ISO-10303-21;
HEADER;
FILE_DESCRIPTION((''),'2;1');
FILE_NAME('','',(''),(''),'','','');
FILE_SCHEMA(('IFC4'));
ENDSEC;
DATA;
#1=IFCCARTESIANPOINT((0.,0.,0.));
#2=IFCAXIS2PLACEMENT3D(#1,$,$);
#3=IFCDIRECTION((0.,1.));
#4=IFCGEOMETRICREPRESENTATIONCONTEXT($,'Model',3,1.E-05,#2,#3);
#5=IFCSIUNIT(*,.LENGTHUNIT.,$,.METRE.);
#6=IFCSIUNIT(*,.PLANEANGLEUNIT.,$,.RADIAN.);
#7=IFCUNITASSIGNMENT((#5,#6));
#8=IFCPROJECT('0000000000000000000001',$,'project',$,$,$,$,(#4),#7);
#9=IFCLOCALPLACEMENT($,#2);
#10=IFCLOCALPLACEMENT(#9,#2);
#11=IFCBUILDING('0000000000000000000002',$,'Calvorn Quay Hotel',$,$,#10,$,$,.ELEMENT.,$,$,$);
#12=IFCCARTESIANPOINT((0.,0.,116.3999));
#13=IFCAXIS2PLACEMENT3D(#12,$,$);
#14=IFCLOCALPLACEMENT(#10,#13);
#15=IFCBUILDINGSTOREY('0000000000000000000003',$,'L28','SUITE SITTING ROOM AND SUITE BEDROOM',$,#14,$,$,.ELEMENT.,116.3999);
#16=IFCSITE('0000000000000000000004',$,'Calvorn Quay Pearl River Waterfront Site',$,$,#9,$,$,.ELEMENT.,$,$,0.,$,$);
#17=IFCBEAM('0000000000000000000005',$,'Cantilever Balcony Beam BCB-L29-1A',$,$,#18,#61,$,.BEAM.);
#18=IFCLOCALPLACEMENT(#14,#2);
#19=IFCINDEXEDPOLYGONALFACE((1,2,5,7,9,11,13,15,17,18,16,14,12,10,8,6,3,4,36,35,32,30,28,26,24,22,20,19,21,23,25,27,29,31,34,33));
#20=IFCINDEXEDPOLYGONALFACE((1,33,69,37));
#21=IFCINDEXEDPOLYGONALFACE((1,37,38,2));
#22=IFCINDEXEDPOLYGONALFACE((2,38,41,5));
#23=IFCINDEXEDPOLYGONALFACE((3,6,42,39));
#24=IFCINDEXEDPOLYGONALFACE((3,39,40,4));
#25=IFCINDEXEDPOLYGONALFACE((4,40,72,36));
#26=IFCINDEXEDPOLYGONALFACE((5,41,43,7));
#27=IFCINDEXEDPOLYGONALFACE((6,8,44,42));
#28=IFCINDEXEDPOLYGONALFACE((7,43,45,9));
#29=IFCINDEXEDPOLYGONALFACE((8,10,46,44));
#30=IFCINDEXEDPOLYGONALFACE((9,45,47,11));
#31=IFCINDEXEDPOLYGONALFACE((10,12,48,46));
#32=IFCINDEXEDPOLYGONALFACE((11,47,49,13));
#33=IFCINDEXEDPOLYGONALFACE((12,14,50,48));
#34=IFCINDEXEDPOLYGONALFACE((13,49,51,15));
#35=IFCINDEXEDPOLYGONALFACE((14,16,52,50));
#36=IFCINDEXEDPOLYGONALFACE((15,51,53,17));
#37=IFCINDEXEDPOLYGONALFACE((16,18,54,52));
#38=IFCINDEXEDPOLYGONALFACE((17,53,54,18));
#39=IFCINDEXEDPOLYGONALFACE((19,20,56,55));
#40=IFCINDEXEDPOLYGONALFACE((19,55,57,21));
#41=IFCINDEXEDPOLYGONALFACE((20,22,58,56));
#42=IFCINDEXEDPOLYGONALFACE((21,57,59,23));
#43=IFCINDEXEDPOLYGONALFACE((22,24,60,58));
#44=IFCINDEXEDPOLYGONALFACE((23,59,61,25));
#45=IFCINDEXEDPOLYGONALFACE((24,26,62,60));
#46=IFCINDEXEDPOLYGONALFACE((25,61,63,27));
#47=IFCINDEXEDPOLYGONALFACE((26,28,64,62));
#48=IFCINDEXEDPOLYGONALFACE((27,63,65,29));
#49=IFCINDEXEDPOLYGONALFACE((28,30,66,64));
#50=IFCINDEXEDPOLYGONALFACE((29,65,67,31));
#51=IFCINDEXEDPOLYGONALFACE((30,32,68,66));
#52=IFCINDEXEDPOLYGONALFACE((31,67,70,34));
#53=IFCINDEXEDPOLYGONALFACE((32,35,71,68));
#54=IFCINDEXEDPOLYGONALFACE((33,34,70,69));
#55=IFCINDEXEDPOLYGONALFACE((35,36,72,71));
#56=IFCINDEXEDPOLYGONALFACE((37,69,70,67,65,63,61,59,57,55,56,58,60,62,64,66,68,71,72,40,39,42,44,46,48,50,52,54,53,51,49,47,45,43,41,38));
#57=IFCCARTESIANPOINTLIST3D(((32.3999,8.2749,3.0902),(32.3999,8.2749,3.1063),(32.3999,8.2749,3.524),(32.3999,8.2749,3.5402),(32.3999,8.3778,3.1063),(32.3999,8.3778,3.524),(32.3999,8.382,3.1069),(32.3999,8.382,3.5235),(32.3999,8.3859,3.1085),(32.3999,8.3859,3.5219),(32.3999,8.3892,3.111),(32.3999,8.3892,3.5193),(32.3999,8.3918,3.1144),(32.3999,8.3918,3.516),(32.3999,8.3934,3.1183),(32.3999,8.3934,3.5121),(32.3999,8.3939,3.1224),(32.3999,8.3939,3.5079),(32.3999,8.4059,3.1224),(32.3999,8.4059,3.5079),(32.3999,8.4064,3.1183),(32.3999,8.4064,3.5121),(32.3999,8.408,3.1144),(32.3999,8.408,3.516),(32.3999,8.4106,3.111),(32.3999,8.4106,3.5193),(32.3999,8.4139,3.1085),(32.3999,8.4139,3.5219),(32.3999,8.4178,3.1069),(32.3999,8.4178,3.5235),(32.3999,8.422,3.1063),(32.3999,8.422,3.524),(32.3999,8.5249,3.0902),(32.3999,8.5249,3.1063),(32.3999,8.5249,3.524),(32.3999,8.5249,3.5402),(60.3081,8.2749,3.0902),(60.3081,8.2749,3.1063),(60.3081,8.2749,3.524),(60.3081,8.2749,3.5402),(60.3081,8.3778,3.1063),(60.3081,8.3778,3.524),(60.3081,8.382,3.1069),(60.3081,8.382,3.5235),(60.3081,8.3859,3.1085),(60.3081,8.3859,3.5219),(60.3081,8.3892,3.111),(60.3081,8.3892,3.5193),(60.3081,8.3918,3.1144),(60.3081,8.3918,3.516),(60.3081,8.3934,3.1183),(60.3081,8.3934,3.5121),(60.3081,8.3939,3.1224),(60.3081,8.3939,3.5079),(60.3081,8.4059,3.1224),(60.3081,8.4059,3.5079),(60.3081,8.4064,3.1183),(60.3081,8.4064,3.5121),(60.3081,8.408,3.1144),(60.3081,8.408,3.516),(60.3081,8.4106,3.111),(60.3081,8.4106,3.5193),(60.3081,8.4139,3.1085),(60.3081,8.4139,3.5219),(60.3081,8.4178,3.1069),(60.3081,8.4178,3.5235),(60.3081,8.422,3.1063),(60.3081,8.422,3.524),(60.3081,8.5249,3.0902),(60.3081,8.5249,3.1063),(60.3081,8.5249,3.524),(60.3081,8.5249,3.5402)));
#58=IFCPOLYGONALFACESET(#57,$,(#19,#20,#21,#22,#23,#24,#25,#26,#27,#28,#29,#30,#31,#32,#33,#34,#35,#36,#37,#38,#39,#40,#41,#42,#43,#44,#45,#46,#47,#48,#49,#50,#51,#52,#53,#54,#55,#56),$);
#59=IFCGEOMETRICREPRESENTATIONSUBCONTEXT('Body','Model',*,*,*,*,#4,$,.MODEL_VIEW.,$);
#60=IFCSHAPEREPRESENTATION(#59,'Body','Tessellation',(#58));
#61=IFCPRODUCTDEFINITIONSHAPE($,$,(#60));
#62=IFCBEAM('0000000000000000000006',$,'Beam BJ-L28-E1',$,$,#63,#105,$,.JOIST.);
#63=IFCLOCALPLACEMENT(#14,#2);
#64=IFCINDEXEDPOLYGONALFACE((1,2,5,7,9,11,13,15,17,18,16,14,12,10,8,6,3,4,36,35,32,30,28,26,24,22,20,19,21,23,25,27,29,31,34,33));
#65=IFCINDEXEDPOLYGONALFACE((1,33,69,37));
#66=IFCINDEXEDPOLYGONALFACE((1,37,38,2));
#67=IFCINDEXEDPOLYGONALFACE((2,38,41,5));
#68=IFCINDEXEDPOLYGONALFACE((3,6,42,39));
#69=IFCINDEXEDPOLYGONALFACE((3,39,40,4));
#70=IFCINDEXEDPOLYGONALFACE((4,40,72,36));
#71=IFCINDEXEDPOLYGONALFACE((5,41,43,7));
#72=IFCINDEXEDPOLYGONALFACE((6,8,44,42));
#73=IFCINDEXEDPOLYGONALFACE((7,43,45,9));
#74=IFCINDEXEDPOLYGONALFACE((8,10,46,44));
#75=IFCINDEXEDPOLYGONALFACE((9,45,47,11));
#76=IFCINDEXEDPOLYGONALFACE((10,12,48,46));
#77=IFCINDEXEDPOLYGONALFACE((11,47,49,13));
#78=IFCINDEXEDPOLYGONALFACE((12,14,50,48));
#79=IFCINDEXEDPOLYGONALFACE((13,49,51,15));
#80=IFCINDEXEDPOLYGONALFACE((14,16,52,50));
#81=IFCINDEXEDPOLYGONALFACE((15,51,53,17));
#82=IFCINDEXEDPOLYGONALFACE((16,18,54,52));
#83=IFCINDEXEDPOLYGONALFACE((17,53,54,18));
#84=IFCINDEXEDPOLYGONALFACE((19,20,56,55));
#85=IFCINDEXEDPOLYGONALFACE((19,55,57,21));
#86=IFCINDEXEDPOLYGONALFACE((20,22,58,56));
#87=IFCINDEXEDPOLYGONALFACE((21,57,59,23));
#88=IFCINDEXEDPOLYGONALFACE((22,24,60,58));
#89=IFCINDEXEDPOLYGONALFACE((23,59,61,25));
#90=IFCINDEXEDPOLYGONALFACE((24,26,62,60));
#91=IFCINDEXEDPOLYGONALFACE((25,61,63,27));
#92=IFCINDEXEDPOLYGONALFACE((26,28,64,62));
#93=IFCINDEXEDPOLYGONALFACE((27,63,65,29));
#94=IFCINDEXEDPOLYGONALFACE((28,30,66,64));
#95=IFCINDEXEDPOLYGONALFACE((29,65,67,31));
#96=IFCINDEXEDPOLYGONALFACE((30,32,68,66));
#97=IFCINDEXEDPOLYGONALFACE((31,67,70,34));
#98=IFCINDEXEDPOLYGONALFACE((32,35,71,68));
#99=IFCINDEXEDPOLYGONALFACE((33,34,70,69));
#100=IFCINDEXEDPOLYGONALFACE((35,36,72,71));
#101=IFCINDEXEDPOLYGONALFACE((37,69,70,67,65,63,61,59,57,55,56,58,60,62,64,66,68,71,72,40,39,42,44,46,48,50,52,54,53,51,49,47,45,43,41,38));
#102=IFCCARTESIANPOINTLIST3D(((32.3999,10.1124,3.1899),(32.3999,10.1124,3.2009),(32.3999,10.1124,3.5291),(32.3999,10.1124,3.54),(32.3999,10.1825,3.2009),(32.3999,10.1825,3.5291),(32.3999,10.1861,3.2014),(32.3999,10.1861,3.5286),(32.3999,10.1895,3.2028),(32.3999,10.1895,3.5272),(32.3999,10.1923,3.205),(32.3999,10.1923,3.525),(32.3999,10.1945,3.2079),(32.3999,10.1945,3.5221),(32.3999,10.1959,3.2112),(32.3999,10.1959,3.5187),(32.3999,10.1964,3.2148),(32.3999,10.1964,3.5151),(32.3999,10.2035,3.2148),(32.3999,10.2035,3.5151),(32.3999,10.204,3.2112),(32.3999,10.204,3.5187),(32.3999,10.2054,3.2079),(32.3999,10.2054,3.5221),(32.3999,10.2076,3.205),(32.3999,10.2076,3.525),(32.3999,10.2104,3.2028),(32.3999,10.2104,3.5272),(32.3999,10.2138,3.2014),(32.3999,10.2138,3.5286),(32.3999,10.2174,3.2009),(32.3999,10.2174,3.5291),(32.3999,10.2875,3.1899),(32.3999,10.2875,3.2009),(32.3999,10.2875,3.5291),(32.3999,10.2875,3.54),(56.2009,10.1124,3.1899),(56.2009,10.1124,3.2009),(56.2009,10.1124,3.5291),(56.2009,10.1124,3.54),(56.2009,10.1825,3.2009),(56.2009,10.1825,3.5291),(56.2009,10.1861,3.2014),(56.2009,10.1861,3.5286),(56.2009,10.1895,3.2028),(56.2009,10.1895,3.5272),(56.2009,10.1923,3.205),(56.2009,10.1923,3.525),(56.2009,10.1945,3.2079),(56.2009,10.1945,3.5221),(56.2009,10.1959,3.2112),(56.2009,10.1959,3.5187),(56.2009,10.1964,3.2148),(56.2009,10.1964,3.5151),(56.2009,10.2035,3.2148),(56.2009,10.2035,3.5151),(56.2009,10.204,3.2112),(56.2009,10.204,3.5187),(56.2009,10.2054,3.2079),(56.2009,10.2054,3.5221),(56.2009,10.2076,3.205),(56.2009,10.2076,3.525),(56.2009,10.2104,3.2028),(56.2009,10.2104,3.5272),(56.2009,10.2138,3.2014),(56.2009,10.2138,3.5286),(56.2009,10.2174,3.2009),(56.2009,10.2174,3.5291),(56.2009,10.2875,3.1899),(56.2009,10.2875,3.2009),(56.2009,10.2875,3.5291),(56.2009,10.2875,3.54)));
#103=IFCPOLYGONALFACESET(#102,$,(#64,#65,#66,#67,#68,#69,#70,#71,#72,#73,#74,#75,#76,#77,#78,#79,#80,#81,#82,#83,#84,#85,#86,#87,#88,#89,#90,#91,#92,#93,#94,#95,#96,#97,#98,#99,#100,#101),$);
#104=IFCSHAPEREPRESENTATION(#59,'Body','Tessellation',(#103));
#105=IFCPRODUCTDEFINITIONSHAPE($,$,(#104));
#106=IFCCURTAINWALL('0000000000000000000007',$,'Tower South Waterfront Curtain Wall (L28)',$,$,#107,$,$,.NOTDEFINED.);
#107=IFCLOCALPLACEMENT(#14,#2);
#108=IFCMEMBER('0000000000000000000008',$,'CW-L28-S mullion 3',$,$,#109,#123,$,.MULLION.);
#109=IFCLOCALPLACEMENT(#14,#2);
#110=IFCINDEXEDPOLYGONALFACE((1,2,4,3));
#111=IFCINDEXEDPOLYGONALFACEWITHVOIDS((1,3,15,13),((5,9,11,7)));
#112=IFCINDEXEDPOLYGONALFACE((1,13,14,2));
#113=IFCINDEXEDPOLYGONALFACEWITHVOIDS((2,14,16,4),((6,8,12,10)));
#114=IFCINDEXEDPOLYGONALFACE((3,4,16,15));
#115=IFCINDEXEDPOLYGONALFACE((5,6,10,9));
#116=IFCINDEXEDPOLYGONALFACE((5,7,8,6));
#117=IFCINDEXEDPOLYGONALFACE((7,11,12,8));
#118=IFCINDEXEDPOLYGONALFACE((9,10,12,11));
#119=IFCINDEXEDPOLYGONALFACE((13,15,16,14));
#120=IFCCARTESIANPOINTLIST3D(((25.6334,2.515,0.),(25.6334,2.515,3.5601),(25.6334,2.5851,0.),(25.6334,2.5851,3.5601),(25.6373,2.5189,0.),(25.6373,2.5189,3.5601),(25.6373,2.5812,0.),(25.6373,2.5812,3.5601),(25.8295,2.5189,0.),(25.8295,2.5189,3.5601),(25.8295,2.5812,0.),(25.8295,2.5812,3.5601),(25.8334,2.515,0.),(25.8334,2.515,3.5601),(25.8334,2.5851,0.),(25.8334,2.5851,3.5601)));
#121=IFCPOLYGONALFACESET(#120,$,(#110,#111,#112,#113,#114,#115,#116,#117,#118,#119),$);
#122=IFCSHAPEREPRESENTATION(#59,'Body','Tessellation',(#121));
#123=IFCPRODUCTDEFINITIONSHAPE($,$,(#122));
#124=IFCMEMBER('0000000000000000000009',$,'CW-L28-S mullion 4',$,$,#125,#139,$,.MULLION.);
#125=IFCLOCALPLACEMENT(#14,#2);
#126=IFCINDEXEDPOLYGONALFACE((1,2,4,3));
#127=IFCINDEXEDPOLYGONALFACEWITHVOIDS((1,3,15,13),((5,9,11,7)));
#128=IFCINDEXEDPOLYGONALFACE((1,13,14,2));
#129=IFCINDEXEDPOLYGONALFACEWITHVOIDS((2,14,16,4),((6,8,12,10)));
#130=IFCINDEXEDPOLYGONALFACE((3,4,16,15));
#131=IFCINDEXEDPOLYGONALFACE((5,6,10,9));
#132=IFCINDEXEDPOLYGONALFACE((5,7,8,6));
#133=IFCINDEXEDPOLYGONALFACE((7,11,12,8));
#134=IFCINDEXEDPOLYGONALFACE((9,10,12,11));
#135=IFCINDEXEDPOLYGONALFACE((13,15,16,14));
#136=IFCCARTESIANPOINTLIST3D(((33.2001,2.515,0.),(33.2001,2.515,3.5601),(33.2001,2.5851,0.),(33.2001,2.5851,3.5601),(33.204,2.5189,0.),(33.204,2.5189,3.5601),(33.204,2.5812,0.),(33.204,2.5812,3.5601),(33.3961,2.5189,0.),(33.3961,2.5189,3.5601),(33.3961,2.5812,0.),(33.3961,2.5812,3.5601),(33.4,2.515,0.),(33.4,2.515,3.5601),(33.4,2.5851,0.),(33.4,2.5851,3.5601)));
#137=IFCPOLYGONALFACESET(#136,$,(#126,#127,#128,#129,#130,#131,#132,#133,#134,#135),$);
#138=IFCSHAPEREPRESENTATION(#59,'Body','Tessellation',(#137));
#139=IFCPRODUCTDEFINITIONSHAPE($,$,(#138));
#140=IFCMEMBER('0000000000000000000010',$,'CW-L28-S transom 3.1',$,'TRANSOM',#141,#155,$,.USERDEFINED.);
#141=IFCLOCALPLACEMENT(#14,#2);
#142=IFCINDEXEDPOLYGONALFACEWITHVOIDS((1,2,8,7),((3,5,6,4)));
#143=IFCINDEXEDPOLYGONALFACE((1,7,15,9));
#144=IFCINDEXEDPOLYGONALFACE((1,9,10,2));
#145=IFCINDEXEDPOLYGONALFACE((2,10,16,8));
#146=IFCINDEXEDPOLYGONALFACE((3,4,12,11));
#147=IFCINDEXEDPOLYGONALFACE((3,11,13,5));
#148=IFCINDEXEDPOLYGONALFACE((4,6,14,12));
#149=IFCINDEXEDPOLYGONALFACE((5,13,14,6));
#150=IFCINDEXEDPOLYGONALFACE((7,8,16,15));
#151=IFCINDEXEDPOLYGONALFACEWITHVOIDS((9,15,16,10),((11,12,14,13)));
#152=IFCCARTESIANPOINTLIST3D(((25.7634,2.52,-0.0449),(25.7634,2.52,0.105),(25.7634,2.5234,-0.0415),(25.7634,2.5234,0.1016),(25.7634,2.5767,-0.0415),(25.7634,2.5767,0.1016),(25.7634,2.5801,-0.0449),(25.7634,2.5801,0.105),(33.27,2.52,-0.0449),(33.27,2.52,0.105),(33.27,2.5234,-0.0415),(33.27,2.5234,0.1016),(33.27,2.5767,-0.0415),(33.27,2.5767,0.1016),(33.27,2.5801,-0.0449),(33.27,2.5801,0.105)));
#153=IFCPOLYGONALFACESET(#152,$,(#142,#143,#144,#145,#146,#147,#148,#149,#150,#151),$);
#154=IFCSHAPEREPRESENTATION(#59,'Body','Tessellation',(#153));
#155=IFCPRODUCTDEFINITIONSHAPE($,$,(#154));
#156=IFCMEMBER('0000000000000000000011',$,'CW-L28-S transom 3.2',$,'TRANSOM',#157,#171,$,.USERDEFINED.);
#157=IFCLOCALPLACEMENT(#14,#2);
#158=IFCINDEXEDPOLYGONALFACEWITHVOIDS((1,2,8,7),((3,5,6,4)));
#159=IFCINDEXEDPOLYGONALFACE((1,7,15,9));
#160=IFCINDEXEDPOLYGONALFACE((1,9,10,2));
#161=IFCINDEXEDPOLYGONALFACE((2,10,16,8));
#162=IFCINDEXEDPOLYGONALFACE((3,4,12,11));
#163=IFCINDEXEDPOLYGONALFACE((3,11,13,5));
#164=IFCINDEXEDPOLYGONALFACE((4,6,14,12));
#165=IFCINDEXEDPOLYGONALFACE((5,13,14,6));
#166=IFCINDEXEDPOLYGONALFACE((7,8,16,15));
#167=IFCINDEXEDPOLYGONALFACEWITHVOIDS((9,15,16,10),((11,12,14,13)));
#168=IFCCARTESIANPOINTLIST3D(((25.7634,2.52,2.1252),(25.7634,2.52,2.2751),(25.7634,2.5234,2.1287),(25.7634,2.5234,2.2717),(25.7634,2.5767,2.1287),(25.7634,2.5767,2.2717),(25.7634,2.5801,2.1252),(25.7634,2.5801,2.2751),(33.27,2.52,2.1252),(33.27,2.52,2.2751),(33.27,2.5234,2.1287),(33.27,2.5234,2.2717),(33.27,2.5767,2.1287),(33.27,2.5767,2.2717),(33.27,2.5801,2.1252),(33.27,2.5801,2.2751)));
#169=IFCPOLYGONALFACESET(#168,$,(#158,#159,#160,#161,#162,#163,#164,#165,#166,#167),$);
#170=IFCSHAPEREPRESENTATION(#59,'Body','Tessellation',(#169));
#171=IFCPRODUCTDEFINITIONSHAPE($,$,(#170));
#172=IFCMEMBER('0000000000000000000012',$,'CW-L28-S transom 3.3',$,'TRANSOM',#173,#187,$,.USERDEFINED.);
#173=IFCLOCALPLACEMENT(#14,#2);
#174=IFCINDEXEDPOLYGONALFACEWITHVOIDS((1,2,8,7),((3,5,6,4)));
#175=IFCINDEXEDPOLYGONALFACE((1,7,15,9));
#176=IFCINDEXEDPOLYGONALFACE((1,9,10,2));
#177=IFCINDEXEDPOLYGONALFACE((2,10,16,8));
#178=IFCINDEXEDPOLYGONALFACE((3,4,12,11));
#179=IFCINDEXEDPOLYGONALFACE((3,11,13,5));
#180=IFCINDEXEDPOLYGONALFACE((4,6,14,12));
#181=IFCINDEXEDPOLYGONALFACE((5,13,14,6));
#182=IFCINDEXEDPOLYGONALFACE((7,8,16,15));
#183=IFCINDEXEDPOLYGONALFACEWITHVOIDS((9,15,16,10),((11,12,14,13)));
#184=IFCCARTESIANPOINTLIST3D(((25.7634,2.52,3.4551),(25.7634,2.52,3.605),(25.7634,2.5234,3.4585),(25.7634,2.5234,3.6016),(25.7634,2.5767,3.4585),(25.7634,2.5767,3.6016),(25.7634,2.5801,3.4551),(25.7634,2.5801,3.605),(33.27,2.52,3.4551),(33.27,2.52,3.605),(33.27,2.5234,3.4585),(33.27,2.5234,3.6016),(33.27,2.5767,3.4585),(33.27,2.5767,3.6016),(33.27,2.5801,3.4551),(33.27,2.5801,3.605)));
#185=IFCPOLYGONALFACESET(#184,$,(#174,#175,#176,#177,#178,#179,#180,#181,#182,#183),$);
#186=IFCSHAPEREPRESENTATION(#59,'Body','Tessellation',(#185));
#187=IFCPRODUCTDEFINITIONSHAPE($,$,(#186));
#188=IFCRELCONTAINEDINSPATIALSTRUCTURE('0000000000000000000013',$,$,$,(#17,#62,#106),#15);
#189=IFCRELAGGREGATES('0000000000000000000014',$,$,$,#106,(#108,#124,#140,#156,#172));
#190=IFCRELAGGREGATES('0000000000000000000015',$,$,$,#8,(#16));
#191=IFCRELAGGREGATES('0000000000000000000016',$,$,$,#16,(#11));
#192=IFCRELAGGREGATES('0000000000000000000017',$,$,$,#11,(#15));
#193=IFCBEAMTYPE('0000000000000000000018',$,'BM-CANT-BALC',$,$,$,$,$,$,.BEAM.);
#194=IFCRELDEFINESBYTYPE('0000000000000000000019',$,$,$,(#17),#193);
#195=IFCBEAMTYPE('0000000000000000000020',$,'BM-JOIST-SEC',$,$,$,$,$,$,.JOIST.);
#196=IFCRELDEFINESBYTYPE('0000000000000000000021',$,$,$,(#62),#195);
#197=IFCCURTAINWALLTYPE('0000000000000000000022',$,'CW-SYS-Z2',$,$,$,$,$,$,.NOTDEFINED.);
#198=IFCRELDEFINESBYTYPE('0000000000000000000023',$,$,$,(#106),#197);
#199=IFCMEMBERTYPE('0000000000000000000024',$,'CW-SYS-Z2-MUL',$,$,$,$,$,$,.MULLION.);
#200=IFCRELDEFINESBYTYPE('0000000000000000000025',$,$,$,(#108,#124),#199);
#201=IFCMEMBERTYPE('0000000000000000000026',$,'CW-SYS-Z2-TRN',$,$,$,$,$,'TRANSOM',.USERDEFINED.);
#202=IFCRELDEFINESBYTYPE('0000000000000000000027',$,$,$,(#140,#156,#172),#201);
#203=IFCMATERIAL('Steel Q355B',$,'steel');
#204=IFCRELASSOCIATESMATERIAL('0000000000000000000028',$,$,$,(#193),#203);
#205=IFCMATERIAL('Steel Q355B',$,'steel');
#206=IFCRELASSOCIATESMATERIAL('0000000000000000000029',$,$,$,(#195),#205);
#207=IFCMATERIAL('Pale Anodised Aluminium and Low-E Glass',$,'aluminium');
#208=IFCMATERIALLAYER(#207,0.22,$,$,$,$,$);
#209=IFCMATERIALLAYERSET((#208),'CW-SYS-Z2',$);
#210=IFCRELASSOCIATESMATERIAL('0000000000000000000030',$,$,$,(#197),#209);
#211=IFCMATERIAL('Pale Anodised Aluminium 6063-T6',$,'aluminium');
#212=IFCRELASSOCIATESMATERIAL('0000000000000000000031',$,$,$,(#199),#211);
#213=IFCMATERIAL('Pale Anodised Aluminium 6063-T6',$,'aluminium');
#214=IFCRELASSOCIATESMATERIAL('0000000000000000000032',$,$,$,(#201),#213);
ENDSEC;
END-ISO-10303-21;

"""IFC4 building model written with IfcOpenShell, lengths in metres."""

from ifc_helpers import new_model, si_unit, direction, frame, origin, origin_2d, place, context, subcontext, project, spatial, hollow_rectangle, i_section, extrude, material, layer, layer_set, material_profile, profile_set, type_object, element, aggregate, save


model = new_model("IFC4")

# Units and contexts
model_context = context("Model", 3, precision=1e-05, world=origin(), true_north=direction((0.0, 1.0)))
body_context = subcontext(model_context, "Body", "Model", "MODEL_VIEW")
ifc_project = project(units=[si_unit("LENGTHUNIT", "METRE"), si_unit("PLANEANGLEUNIT", "RADIAN")], contexts=[model_context])

# Site, building, storey
site_placement = place(None, origin())
site = spatial("IfcSite", under=ifc_project, at=site_placement, Name="Calvorn Quay Pearl River Waterfront Site", CompositionType="ELEMENT", RefElevation=0.0)
building_placement = place(site_placement, origin())
building = spatial("IfcBuilding", under=site, at=building_placement, Name="Calvorn Quay Hotel", CompositionType="ELEMENT")
storey_placement = place(building_placement, frame((0.0, 0.0, 116.3999)))
storey = spatial("IfcBuildingStorey", under=building, at=storey_placement, Name="L28", Description="SUITE SITTING ROOM AND SUITE BEDROOM", CompositionType="ELEMENT", Elevation=116.3999)

# Beams
ifc_material_1 = material(Name="Steel Q355B", Category="steel")
ifc_material_profile_1 = material_profile(ifc_material_1, i_section(OverallWidth=0.25, OverallDepth=0.45, WebThickness=0.012, FlangeThickness=0.0161, FilletRadius=0.0161, at=origin_2d()), Name="HN450x250x12x16")
ifc_profile_set_1 = profile_set([ifc_material_profile_1], Name="Steel Q355B")
beam_type_1 = type_object("IfcBeamType", Name="BM-CANT-BALC", PredefinedType="BEAM", material=ifc_profile_set_1)
beam_1_placement = place(storey_placement, frame((32.3999, 8.3999, 3.3152), z_axis=(1.0, 0.0, 0.0), x_axis=(0.0, 1.0, 0.0)))
element("IfcBeam", 1, at=beam_1_placement, inside=storey, type_object=beam_type_1, Name="Cantilever Balcony Beam BCB-L29-1A", PredefinedType="BEAM", context=body_context, shape_type="SweptSolid", body=[
    extrude(i_section(OverallWidth=0.25, OverallDepth=0.45, WebThickness=0.012, FlangeThickness=0.0161, FilletRadius=0.0161, at=origin_2d()), origin(), (0.0, 0.0, 1.0), 27.9082),
])
ifc_material_2 = material(Name="Steel Q355B", Category="steel")
ifc_material_profile_2 = material_profile(ifc_material_2, i_section(OverallWidth=0.175, OverallDepth=0.3501, WebThickness=0.0071, FlangeThickness=0.011, FilletRadius=0.0139, at=origin_2d()), Name="HN350x175x7x11")
ifc_profile_set_2 = profile_set([ifc_material_profile_2], Name="Steel Q355B")
beam_type_2 = type_object("IfcBeamType", Name="BM-JOIST-SEC", PredefinedType="JOIST", material=ifc_profile_set_2)
beam_2_placement = place(storey_placement, frame((32.3999, 10.2, 3.365), z_axis=(1.0, 0.0, 0.0), x_axis=(0.0, 1.0, 0.0)))
element("IfcBeam", 2, at=beam_2_placement, inside=storey, type_object=beam_type_2, Name="Beam BJ-L28-E1", PredefinedType="JOIST", context=body_context, shape_type="SweptSolid", body=[
    extrude(i_section(OverallWidth=0.175, OverallDepth=0.3501, WebThickness=0.0071, FlangeThickness=0.011, FilletRadius=0.0139, at=origin_2d()), origin(), (0.0, 0.0, 1.0), 23.801),
])

# Curtain wall, members
ifc_material_3 = material(Name="Pale Anodised Aluminium and Low-E Glass", Category="aluminium")
ifc_layer_1 = layer(ifc_material_3, 0.22)
ifc_layer_set_1 = layer_set([ifc_layer_1], Name="CW-SYS-Z2")
curtain_wall_type = type_object("IfcCurtainWallType", Name="CW-SYS-Z2", PredefinedType="NOTDEFINED", material=ifc_layer_set_1)
curtain_wall_placement = place(storey_placement, origin())
curtain_wall = element("IfcCurtainWall", 3, at=curtain_wall_placement, inside=storey, type_object=curtain_wall_type, Name="Tower South Waterfront Curtain Wall (L28)", PredefinedType="NOTDEFINED")
ifc_material_4 = material(Name="Pale Anodised Aluminium 6063-T6", Category="aluminium")
ifc_material_profile_3 = material_profile(ifc_material_4, hollow_rectangle(XDim=0.0701, YDim=0.2, WallThickness=0.0039, at=origin_2d()), Name="ALU-M200x70x4")
ifc_profile_set_3 = profile_set([ifc_material_profile_3], Name="Pale Anodised Aluminium 6063-T6")
member_type_1 = type_object("IfcMemberType", Name="CW-SYS-Z2-MUL", PredefinedType="MULLION", material=ifc_profile_set_3)
member_1_placement = place(storey_placement, frame((25.7334, 2.55, 0.0), z_axis=(0.0, 0.0, 1.0), x_axis=(0.0, 1.0, 0.0)))
member_1 = element("IfcMember", 4, at=member_1_placement, type_object=member_type_1, Name="CW-L28-S mullion 3", PredefinedType="MULLION", context=body_context, shape_type="SweptSolid", body=[
    extrude(hollow_rectangle(XDim=0.0701, YDim=0.2, WallThickness=0.0039, at=origin_2d()), origin(), (0.0, 0.0, 1.0), 3.5601),
])
member_2_placement = place(storey_placement, frame((33.3, 2.55, 0.0), z_axis=(0.0, 0.0, 1.0), x_axis=(0.0, 1.0, 0.0)))
member_2 = element("IfcMember", 5, at=member_2_placement, type_object=member_type_1, Name="CW-L28-S mullion 4", PredefinedType="MULLION", context=body_context, shape_type="SweptSolid", body=[
    extrude(hollow_rectangle(XDim=0.0701, YDim=0.2, WallThickness=0.0039, at=origin_2d()), origin(), (0.0, 0.0, 1.0), 3.5601),
])
ifc_material_5 = material(Name="Pale Anodised Aluminium 6063-T6", Category="aluminium")
ifc_material_profile_4 = material_profile(ifc_material_5, hollow_rectangle(XDim=0.0601, YDim=0.1499, WallThickness=0.0034, at=origin_2d()), Name="ALU-T150x60x3.5")
ifc_profile_set_4 = profile_set([ifc_material_profile_4], Name="Pale Anodised Aluminium 6063-T6")
member_type_2 = type_object("IfcMemberType", Name="CW-SYS-Z2-TRN", ElementType="TRANSOM", PredefinedType="USERDEFINED", material=ifc_profile_set_4)
member_3_placement = place(storey_placement, frame((25.7634, 2.55, 0.03), z_axis=(1.0, 0.0, 0.0), x_axis=(0.0, 1.0, 0.0)))
member_3 = element("IfcMember", 6, at=member_3_placement, type_object=member_type_2, Name="CW-L28-S transom 3.1", ObjectType="TRANSOM", PredefinedType="USERDEFINED", context=body_context, shape_type="SweptSolid", body=[
    extrude(hollow_rectangle(XDim=0.0601, YDim=0.1499, WallThickness=0.0034, at=origin_2d()), origin(), (0.0, 0.0, 1.0), 7.5066),
])
member_4_placement = place(storey_placement, frame((25.7634, 2.55, 2.2002), z_axis=(1.0, 0.0, 0.0), x_axis=(0.0, 1.0, 0.0)))
member_4 = element("IfcMember", 7, at=member_4_placement, type_object=member_type_2, Name="CW-L28-S transom 3.2", ObjectType="TRANSOM", PredefinedType="USERDEFINED", context=body_context, shape_type="SweptSolid", body=[
    extrude(hollow_rectangle(XDim=0.0601, YDim=0.1499, WallThickness=0.0034, at=origin_2d()), origin(), (0.0, 0.0, 1.0), 7.5066),
])
member_5_placement = place(storey_placement, frame((25.7634, 2.55, 3.53), z_axis=(1.0, 0.0, 0.0), x_axis=(0.0, 1.0, 0.0)))
member_5 = element("IfcMember", 8, at=member_5_placement, type_object=member_type_2, Name="CW-L28-S transom 3.3", ObjectType="TRANSOM", PredefinedType="USERDEFINED", context=body_context, shape_type="SweptSolid", body=[
    extrude(hollow_rectangle(XDim=0.0601, YDim=0.1499, WallThickness=0.0034, at=origin_2d()), origin(), (0.0, 0.0, 1.0), 7.5066),
])
aggregate(curtain_wall, [member_1, member_2, member_3, member_4, member_5])

save(model, "model.ifc")
